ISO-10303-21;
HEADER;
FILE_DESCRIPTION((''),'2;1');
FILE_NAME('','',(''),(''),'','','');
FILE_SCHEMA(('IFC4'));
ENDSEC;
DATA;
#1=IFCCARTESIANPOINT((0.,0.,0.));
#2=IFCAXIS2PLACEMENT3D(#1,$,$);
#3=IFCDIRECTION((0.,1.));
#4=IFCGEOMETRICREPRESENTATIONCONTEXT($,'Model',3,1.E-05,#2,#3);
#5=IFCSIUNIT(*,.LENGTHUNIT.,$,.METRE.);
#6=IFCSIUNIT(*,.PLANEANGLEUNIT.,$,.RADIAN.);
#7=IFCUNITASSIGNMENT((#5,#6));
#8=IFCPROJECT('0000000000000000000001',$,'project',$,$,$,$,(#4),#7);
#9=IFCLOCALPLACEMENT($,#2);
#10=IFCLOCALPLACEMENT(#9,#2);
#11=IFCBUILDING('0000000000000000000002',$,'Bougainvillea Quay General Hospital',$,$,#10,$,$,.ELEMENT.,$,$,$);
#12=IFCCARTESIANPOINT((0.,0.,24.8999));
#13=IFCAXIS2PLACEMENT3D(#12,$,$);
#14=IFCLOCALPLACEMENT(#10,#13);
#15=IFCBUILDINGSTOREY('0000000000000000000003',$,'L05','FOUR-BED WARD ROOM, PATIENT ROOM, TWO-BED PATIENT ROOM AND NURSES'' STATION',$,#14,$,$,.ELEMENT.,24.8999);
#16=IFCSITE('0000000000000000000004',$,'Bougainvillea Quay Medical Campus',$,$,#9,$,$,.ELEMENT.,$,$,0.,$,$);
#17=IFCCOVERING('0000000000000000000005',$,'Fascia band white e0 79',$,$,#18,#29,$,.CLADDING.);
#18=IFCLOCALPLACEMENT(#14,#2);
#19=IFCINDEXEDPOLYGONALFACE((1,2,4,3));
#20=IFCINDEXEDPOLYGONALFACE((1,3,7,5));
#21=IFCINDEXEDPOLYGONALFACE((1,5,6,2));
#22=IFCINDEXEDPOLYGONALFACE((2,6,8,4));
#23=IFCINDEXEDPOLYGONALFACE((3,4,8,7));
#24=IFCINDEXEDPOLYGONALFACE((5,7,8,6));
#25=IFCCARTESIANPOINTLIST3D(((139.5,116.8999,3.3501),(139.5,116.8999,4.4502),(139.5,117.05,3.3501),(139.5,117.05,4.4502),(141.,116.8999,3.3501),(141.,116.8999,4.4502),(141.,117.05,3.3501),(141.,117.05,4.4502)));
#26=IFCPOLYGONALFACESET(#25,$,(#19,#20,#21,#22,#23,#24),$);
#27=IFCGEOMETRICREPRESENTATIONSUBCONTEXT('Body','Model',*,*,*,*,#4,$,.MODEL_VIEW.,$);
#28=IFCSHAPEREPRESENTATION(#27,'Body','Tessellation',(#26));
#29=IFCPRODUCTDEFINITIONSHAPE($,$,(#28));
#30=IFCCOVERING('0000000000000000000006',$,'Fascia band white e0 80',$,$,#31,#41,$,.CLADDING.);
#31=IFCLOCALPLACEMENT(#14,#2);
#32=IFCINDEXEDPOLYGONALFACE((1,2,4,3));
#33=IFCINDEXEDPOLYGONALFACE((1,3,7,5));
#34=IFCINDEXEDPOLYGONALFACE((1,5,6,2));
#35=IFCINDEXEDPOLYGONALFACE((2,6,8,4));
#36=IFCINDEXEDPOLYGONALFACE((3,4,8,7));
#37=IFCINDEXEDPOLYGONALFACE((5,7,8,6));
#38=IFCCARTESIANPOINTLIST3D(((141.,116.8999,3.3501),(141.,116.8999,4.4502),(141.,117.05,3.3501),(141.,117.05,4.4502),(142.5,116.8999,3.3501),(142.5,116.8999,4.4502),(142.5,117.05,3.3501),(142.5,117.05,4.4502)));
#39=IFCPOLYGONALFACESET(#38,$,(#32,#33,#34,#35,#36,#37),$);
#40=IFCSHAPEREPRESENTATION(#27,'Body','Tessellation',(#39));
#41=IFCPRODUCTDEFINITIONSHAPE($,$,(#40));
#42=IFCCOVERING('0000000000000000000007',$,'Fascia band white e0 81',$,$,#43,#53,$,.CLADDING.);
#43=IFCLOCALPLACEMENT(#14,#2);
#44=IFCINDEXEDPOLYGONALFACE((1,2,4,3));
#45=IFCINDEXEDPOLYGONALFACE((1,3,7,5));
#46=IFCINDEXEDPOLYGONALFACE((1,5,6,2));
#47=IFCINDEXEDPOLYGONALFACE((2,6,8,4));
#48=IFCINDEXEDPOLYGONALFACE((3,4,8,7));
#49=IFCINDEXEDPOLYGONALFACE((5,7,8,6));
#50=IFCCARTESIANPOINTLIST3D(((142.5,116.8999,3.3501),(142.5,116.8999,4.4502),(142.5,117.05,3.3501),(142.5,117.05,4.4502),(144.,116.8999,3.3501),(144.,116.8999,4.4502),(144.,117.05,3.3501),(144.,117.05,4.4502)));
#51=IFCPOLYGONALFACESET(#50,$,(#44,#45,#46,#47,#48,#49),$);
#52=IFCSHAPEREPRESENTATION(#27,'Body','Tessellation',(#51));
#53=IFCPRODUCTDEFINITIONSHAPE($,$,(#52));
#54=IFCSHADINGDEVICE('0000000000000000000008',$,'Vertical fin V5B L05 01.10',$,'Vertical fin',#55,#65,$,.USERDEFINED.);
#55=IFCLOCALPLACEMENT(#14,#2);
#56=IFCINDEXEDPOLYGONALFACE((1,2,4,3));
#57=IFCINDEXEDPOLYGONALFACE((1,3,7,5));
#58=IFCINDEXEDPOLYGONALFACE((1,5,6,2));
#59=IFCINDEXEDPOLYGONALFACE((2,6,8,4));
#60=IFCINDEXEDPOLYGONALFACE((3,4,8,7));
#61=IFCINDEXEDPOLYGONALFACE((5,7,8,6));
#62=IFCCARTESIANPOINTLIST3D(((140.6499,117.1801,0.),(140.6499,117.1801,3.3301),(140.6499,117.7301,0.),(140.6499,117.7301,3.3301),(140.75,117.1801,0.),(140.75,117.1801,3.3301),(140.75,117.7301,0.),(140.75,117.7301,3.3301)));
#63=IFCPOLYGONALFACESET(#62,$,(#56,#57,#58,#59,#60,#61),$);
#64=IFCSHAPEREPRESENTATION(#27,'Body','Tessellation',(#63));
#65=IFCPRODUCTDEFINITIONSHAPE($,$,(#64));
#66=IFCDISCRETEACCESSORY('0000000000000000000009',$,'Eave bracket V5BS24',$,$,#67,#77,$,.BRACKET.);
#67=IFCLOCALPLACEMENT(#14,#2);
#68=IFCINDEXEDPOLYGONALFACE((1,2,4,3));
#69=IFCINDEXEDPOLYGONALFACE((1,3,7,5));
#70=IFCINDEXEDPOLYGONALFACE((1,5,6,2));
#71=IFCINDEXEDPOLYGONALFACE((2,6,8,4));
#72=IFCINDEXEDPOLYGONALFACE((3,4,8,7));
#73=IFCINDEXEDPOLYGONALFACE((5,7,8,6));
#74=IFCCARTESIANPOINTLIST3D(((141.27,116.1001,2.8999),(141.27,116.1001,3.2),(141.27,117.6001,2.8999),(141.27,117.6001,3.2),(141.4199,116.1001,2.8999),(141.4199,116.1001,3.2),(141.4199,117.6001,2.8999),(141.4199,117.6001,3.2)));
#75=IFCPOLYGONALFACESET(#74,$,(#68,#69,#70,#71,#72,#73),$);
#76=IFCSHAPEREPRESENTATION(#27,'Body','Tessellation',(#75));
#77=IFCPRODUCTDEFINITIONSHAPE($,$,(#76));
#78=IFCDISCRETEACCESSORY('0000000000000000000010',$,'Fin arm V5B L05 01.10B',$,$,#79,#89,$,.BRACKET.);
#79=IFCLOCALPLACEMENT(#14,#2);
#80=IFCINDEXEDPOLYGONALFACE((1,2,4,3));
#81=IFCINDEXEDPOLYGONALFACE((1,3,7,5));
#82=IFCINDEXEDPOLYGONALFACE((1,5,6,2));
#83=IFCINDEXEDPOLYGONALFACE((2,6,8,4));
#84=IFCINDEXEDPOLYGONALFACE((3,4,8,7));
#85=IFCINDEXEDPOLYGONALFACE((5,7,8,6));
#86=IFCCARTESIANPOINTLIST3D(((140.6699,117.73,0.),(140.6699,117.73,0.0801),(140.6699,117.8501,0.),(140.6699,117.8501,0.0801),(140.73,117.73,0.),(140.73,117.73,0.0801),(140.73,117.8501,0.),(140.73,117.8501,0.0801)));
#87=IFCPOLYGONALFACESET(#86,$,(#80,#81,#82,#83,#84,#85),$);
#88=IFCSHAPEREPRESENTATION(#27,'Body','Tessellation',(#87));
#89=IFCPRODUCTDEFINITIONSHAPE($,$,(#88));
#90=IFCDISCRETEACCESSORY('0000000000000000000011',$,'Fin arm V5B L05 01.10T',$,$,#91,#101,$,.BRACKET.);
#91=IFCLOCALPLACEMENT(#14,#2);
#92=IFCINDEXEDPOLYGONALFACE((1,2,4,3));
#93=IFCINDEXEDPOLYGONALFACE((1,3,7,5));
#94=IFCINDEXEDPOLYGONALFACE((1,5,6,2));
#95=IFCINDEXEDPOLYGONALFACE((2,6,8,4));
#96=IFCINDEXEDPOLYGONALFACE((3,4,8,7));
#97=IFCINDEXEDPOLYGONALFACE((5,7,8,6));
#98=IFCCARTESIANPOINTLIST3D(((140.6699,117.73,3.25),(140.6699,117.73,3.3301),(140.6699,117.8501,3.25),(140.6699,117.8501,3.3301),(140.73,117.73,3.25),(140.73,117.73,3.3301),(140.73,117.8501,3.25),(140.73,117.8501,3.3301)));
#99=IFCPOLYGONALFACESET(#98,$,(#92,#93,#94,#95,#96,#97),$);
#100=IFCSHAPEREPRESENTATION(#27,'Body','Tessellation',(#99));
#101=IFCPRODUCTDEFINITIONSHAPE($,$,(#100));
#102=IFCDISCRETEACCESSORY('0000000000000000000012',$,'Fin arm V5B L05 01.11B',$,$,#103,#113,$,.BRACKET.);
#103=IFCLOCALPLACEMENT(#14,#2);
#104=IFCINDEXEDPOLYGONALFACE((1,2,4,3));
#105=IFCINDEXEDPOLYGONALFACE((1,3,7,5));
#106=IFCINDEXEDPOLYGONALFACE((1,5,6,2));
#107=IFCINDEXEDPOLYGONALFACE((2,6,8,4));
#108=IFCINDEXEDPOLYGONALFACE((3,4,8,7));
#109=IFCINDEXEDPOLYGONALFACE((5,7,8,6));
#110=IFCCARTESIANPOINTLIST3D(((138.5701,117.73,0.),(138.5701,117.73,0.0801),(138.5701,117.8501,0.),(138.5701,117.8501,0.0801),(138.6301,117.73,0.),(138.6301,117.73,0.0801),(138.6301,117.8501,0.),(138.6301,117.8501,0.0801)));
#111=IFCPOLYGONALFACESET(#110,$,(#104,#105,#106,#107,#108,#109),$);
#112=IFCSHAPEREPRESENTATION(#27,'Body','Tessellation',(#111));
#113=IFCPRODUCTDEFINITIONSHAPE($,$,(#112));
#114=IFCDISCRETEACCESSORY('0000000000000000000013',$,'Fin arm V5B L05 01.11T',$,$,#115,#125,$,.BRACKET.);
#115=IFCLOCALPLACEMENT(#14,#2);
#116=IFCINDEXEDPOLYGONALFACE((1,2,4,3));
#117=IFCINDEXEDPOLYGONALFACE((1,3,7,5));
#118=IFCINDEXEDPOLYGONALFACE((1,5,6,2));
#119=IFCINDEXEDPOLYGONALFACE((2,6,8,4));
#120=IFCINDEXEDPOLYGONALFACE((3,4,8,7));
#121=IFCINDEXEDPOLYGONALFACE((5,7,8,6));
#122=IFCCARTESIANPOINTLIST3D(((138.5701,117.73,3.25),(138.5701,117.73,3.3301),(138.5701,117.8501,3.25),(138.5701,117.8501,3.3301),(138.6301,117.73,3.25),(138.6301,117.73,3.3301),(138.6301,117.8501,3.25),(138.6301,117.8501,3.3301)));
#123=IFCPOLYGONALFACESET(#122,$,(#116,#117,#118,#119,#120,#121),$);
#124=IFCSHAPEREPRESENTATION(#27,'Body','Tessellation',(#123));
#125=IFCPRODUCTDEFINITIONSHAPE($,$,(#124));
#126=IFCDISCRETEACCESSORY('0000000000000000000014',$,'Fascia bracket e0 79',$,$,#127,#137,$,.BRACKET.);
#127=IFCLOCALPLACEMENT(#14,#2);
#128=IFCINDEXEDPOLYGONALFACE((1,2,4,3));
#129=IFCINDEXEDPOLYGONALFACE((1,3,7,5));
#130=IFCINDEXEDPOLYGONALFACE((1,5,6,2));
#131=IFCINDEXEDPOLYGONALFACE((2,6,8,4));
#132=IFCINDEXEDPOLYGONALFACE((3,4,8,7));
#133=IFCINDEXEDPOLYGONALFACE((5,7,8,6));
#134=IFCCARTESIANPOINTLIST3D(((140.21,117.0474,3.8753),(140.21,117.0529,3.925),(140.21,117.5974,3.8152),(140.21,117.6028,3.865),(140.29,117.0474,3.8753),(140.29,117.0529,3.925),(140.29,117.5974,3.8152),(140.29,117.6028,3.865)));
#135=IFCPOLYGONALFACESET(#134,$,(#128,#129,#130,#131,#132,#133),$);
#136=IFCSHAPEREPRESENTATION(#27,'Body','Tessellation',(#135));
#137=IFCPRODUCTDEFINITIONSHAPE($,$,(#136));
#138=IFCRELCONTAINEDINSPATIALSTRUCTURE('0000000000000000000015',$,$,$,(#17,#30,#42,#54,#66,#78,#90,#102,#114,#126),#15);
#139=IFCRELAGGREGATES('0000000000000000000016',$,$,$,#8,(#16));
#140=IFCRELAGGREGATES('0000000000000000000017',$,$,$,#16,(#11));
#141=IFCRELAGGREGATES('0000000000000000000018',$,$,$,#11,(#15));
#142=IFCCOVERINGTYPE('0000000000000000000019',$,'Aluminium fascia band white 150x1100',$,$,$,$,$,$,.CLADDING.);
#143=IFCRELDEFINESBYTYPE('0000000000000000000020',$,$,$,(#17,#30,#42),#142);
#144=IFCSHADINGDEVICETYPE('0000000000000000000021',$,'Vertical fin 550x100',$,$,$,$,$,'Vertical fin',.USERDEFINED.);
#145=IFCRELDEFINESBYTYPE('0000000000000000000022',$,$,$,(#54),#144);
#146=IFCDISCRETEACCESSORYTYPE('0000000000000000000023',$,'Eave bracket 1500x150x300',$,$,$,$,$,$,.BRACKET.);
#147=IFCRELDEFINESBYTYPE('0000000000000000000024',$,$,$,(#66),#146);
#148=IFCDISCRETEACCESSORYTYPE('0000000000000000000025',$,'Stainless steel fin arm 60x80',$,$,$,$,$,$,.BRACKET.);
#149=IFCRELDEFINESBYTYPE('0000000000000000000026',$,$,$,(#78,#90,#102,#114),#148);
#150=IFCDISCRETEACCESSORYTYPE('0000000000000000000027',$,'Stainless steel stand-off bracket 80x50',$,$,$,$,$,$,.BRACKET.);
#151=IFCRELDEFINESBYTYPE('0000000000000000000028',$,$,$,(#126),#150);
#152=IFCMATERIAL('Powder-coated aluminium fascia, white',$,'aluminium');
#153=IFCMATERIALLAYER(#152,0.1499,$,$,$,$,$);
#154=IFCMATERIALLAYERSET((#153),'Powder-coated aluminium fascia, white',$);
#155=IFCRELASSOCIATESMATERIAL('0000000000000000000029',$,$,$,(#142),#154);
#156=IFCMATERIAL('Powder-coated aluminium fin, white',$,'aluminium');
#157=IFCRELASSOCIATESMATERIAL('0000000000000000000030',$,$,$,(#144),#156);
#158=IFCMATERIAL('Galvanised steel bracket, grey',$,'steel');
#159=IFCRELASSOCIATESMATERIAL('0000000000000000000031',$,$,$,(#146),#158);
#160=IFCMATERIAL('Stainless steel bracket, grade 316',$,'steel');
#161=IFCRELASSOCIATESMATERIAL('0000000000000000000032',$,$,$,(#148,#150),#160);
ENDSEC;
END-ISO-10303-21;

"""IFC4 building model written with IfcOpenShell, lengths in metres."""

from ifc_helpers import new_model, si_unit, direction, frame, origin, origin_2d, place, context, subcontext, project, spatial, polyline, rectangle, outline, extrude, material, layer, layer_set, material_profile, profile_set, type_object, element, save


model = new_model("IFC4")

# Units and contexts
model_context = context("Model", 3, precision=1e-05, world=origin(), true_north=direction((0.0, 1.0)))
body_context = subcontext(model_context, "Body", "Model", "MODEL_VIEW")
ifc_project = project(units=[si_unit("LENGTHUNIT", "METRE"), si_unit("PLANEANGLEUNIT", "RADIAN")], contexts=[model_context])

# Site, building, storey
site_placement = place(None, origin())
site = spatial("IfcSite", under=ifc_project, at=site_placement, Name="Bougainvillea Quay Medical Campus", CompositionType="ELEMENT", RefElevation=0.0)
building_placement = place(site_placement, origin())
building = spatial("IfcBuilding", under=site, at=building_placement, Name="Bougainvillea Quay General Hospital", CompositionType="ELEMENT")
storey_placement = place(building_placement, frame((0.0, 0.0, 24.8999)))
storey = spatial("IfcBuildingStorey", under=building, at=storey_placement, Name="L05", Description="FOUR-BED WARD ROOM, PATIENT ROOM, TWO-BED PATIENT ROOM AND NURSES' STATION", CompositionType="ELEMENT", Elevation=24.8999)

# Coverings
ifc_material_1 = material(Name="Powder-coated aluminium fascia, white", Category="aluminium")
ifc_layer_1 = layer(ifc_material_1, 0.1499)
ifc_layer_set_1 = layer_set([ifc_layer_1], Name="Powder-coated aluminium fascia, white")
covering_type = type_object("IfcCoveringType", Name="Aluminium fascia band white 150x1100", PredefinedType="CLADDING", material=ifc_layer_set_1)
for number, where, z_axis, x_axis, name in (
    (1, (139.5, 117.05, 3.3501), (0.0, 0.0, 1.0), (1.0, 0.0, 0.0), "Fascia band white e0 79"),
    (2, (141.0, 117.05, 3.3501), (0.0, 0.0, 1.0), (1.0, 0.0, 0.0), "Fascia band white e0 80"),
    (3, (142.5, 117.05, 3.3501), (0.0, 0.0, 1.0), (1.0, 0.0, 0.0), "Fascia band white e0 81"),
):
    element("IfcCovering", number, at=place(storey_placement, frame(where, z_axis=z_axis, x_axis=x_axis)), inside=storey, type_object=covering_type, Name=name, PredefinedType="CLADDING", context=body_context, shape_type="SweptSolid", body=[
        extrude(outline(polyline([(0.0, 0.0), (1.5, 0.0), (1.5, -0.1501), (0.0, -0.1501), (0.0, 0.0)])), origin(), (0.0, 0.0, 1.0), 1.1001),
    ])

# Shading device
ifc_material_2 = material(Name="Powder-coated aluminium fin, white", Category="aluminium")
ifc_material_profile_1 = material_profile(ifc_material_2, rectangle(XDim=0.55, YDim=0.1001, at=origin_2d()))
ifc_profile_set_1 = profile_set([ifc_material_profile_1], Name="Powder-coated aluminium fin, white")
shading_device_type = type_object("IfcShadingDeviceType", Name="Vertical fin 550x100", ElementType="Vertical fin", PredefinedType="USERDEFINED", material=ifc_profile_set_1)
shading_device_placement = place(storey_placement, frame((140.7, 117.4551, 0.0), z_axis=(0.0, 0.0, 1.0), x_axis=(0.0, -1.0, 0.0)))
element("IfcShadingDevice", 4, at=shading_device_placement, inside=storey, type_object=shading_device_type, Name="Vertical fin V5B L05 01.10", ObjectType="Vertical fin", PredefinedType="USERDEFINED", context=body_context, shape_type="SweptSolid", body=[
    extrude(rectangle(XDim=0.55, YDim=0.1001, at=origin_2d()), origin(), (0.0, 0.0, 1.0), 3.3301),
])

# Discrete accessories
ifc_material_3 = material(Name="Galvanised steel bracket, grey", Category="steel")
discrete_accessory_type_1 = type_object("IfcDiscreteAccessoryType", Name="Eave bracket 1500x150x300", PredefinedType="BRACKET", material=ifc_material_3)
discrete_accessory_1_placement = place(storey_placement, frame((141.345, 116.8501, 2.8999), z_axis=(0.0, 0.0, 1.0), x_axis=(1.0, 0.0, 0.0)))
element("IfcDiscreteAccessory", 5, at=discrete_accessory_1_placement, inside=storey, type_object=discrete_accessory_type_1, Name="Eave bracket V5BS24", PredefinedType="BRACKET", context=body_context, shape_type="SweptSolid", body=[
    extrude(rectangle(XDim=0.1499, YDim=1.5, at=origin_2d()), origin(), (0.0, 0.0, 1.0), 0.3),
])
ifc_material_4 = material(Name="Stainless steel bracket, grade 316", Category="steel")
discrete_accessory_type_2 = type_object("IfcDiscreteAccessoryType", Name="Stainless steel fin arm 60x80", PredefinedType="BRACKET", material=ifc_material_4)
for number, where, z_axis, x_axis, name in (
    (6, (140.7, 117.79, 0.0), (0.0, 0.0, 1.0), (0.0, -1.0, 0.0), "Fin arm V5B L05 01.10B"),
    (7, (140.7, 117.79, 3.25), (0.0, 0.0, 1.0), (0.0, -1.0, 0.0), "Fin arm V5B L05 01.10T"),
    (8, (138.6001, 117.79, 0.0), (0.0, 0.0, 1.0), (0.0, -1.0, 0.0), "Fin arm V5B L05 01.11B"),
    (9, (138.6001, 117.79, 3.25), (0.0, 0.0, 1.0), (0.0, -1.0, 0.0), "Fin arm V5B L05 01.11T"),
):
    element("IfcDiscreteAccessory", number, at=place(storey_placement, frame(where, z_axis=z_axis, x_axis=x_axis)), inside=storey, type_object=discrete_accessory_type_2, Name=name, PredefinedType="BRACKET", context=body_context, shape_type="SweptSolid", body=[
        extrude(rectangle(XDim=0.1201, YDim=0.0601, at=origin_2d()), origin(), (0.0, 0.0, 1.0), 0.0801),
    ])
ifc_material_profile_2 = material_profile(ifc_material_4, rectangle(XDim=0.0801, YDim=0.05, at=origin_2d()))
ifc_profile_set_2 = profile_set([ifc_material_profile_2], Name="Stainless steel bracket, grade 316")
discrete_accessory_type_3 = type_object("IfcDiscreteAccessoryType", Name="Stainless steel stand-off bracket 80x50", PredefinedType="BRACKET", material=ifc_profile_set_2)
discrete_accessory_2_placement = place(storey_placement, frame((140.25, 117.6001, 3.8401), z_axis=(0.0, -0.994092, 0.108543), x_axis=(1.0, 0.0, 0.0)))
element("IfcDiscreteAccessory", 10, at=discrete_accessory_2_placement, inside=storey, type_object=discrete_accessory_type_3, Name="Fascia bracket e0 79", PredefinedType="BRACKET", context=body_context, shape_type="SweptSolid", body=[
    extrude(rectangle(XDim=0.0801, YDim=0.05, at=origin_2d()), origin(), (0.0, 0.0, 1.0), 0.5532),
])

save(model, "model.ifc")
